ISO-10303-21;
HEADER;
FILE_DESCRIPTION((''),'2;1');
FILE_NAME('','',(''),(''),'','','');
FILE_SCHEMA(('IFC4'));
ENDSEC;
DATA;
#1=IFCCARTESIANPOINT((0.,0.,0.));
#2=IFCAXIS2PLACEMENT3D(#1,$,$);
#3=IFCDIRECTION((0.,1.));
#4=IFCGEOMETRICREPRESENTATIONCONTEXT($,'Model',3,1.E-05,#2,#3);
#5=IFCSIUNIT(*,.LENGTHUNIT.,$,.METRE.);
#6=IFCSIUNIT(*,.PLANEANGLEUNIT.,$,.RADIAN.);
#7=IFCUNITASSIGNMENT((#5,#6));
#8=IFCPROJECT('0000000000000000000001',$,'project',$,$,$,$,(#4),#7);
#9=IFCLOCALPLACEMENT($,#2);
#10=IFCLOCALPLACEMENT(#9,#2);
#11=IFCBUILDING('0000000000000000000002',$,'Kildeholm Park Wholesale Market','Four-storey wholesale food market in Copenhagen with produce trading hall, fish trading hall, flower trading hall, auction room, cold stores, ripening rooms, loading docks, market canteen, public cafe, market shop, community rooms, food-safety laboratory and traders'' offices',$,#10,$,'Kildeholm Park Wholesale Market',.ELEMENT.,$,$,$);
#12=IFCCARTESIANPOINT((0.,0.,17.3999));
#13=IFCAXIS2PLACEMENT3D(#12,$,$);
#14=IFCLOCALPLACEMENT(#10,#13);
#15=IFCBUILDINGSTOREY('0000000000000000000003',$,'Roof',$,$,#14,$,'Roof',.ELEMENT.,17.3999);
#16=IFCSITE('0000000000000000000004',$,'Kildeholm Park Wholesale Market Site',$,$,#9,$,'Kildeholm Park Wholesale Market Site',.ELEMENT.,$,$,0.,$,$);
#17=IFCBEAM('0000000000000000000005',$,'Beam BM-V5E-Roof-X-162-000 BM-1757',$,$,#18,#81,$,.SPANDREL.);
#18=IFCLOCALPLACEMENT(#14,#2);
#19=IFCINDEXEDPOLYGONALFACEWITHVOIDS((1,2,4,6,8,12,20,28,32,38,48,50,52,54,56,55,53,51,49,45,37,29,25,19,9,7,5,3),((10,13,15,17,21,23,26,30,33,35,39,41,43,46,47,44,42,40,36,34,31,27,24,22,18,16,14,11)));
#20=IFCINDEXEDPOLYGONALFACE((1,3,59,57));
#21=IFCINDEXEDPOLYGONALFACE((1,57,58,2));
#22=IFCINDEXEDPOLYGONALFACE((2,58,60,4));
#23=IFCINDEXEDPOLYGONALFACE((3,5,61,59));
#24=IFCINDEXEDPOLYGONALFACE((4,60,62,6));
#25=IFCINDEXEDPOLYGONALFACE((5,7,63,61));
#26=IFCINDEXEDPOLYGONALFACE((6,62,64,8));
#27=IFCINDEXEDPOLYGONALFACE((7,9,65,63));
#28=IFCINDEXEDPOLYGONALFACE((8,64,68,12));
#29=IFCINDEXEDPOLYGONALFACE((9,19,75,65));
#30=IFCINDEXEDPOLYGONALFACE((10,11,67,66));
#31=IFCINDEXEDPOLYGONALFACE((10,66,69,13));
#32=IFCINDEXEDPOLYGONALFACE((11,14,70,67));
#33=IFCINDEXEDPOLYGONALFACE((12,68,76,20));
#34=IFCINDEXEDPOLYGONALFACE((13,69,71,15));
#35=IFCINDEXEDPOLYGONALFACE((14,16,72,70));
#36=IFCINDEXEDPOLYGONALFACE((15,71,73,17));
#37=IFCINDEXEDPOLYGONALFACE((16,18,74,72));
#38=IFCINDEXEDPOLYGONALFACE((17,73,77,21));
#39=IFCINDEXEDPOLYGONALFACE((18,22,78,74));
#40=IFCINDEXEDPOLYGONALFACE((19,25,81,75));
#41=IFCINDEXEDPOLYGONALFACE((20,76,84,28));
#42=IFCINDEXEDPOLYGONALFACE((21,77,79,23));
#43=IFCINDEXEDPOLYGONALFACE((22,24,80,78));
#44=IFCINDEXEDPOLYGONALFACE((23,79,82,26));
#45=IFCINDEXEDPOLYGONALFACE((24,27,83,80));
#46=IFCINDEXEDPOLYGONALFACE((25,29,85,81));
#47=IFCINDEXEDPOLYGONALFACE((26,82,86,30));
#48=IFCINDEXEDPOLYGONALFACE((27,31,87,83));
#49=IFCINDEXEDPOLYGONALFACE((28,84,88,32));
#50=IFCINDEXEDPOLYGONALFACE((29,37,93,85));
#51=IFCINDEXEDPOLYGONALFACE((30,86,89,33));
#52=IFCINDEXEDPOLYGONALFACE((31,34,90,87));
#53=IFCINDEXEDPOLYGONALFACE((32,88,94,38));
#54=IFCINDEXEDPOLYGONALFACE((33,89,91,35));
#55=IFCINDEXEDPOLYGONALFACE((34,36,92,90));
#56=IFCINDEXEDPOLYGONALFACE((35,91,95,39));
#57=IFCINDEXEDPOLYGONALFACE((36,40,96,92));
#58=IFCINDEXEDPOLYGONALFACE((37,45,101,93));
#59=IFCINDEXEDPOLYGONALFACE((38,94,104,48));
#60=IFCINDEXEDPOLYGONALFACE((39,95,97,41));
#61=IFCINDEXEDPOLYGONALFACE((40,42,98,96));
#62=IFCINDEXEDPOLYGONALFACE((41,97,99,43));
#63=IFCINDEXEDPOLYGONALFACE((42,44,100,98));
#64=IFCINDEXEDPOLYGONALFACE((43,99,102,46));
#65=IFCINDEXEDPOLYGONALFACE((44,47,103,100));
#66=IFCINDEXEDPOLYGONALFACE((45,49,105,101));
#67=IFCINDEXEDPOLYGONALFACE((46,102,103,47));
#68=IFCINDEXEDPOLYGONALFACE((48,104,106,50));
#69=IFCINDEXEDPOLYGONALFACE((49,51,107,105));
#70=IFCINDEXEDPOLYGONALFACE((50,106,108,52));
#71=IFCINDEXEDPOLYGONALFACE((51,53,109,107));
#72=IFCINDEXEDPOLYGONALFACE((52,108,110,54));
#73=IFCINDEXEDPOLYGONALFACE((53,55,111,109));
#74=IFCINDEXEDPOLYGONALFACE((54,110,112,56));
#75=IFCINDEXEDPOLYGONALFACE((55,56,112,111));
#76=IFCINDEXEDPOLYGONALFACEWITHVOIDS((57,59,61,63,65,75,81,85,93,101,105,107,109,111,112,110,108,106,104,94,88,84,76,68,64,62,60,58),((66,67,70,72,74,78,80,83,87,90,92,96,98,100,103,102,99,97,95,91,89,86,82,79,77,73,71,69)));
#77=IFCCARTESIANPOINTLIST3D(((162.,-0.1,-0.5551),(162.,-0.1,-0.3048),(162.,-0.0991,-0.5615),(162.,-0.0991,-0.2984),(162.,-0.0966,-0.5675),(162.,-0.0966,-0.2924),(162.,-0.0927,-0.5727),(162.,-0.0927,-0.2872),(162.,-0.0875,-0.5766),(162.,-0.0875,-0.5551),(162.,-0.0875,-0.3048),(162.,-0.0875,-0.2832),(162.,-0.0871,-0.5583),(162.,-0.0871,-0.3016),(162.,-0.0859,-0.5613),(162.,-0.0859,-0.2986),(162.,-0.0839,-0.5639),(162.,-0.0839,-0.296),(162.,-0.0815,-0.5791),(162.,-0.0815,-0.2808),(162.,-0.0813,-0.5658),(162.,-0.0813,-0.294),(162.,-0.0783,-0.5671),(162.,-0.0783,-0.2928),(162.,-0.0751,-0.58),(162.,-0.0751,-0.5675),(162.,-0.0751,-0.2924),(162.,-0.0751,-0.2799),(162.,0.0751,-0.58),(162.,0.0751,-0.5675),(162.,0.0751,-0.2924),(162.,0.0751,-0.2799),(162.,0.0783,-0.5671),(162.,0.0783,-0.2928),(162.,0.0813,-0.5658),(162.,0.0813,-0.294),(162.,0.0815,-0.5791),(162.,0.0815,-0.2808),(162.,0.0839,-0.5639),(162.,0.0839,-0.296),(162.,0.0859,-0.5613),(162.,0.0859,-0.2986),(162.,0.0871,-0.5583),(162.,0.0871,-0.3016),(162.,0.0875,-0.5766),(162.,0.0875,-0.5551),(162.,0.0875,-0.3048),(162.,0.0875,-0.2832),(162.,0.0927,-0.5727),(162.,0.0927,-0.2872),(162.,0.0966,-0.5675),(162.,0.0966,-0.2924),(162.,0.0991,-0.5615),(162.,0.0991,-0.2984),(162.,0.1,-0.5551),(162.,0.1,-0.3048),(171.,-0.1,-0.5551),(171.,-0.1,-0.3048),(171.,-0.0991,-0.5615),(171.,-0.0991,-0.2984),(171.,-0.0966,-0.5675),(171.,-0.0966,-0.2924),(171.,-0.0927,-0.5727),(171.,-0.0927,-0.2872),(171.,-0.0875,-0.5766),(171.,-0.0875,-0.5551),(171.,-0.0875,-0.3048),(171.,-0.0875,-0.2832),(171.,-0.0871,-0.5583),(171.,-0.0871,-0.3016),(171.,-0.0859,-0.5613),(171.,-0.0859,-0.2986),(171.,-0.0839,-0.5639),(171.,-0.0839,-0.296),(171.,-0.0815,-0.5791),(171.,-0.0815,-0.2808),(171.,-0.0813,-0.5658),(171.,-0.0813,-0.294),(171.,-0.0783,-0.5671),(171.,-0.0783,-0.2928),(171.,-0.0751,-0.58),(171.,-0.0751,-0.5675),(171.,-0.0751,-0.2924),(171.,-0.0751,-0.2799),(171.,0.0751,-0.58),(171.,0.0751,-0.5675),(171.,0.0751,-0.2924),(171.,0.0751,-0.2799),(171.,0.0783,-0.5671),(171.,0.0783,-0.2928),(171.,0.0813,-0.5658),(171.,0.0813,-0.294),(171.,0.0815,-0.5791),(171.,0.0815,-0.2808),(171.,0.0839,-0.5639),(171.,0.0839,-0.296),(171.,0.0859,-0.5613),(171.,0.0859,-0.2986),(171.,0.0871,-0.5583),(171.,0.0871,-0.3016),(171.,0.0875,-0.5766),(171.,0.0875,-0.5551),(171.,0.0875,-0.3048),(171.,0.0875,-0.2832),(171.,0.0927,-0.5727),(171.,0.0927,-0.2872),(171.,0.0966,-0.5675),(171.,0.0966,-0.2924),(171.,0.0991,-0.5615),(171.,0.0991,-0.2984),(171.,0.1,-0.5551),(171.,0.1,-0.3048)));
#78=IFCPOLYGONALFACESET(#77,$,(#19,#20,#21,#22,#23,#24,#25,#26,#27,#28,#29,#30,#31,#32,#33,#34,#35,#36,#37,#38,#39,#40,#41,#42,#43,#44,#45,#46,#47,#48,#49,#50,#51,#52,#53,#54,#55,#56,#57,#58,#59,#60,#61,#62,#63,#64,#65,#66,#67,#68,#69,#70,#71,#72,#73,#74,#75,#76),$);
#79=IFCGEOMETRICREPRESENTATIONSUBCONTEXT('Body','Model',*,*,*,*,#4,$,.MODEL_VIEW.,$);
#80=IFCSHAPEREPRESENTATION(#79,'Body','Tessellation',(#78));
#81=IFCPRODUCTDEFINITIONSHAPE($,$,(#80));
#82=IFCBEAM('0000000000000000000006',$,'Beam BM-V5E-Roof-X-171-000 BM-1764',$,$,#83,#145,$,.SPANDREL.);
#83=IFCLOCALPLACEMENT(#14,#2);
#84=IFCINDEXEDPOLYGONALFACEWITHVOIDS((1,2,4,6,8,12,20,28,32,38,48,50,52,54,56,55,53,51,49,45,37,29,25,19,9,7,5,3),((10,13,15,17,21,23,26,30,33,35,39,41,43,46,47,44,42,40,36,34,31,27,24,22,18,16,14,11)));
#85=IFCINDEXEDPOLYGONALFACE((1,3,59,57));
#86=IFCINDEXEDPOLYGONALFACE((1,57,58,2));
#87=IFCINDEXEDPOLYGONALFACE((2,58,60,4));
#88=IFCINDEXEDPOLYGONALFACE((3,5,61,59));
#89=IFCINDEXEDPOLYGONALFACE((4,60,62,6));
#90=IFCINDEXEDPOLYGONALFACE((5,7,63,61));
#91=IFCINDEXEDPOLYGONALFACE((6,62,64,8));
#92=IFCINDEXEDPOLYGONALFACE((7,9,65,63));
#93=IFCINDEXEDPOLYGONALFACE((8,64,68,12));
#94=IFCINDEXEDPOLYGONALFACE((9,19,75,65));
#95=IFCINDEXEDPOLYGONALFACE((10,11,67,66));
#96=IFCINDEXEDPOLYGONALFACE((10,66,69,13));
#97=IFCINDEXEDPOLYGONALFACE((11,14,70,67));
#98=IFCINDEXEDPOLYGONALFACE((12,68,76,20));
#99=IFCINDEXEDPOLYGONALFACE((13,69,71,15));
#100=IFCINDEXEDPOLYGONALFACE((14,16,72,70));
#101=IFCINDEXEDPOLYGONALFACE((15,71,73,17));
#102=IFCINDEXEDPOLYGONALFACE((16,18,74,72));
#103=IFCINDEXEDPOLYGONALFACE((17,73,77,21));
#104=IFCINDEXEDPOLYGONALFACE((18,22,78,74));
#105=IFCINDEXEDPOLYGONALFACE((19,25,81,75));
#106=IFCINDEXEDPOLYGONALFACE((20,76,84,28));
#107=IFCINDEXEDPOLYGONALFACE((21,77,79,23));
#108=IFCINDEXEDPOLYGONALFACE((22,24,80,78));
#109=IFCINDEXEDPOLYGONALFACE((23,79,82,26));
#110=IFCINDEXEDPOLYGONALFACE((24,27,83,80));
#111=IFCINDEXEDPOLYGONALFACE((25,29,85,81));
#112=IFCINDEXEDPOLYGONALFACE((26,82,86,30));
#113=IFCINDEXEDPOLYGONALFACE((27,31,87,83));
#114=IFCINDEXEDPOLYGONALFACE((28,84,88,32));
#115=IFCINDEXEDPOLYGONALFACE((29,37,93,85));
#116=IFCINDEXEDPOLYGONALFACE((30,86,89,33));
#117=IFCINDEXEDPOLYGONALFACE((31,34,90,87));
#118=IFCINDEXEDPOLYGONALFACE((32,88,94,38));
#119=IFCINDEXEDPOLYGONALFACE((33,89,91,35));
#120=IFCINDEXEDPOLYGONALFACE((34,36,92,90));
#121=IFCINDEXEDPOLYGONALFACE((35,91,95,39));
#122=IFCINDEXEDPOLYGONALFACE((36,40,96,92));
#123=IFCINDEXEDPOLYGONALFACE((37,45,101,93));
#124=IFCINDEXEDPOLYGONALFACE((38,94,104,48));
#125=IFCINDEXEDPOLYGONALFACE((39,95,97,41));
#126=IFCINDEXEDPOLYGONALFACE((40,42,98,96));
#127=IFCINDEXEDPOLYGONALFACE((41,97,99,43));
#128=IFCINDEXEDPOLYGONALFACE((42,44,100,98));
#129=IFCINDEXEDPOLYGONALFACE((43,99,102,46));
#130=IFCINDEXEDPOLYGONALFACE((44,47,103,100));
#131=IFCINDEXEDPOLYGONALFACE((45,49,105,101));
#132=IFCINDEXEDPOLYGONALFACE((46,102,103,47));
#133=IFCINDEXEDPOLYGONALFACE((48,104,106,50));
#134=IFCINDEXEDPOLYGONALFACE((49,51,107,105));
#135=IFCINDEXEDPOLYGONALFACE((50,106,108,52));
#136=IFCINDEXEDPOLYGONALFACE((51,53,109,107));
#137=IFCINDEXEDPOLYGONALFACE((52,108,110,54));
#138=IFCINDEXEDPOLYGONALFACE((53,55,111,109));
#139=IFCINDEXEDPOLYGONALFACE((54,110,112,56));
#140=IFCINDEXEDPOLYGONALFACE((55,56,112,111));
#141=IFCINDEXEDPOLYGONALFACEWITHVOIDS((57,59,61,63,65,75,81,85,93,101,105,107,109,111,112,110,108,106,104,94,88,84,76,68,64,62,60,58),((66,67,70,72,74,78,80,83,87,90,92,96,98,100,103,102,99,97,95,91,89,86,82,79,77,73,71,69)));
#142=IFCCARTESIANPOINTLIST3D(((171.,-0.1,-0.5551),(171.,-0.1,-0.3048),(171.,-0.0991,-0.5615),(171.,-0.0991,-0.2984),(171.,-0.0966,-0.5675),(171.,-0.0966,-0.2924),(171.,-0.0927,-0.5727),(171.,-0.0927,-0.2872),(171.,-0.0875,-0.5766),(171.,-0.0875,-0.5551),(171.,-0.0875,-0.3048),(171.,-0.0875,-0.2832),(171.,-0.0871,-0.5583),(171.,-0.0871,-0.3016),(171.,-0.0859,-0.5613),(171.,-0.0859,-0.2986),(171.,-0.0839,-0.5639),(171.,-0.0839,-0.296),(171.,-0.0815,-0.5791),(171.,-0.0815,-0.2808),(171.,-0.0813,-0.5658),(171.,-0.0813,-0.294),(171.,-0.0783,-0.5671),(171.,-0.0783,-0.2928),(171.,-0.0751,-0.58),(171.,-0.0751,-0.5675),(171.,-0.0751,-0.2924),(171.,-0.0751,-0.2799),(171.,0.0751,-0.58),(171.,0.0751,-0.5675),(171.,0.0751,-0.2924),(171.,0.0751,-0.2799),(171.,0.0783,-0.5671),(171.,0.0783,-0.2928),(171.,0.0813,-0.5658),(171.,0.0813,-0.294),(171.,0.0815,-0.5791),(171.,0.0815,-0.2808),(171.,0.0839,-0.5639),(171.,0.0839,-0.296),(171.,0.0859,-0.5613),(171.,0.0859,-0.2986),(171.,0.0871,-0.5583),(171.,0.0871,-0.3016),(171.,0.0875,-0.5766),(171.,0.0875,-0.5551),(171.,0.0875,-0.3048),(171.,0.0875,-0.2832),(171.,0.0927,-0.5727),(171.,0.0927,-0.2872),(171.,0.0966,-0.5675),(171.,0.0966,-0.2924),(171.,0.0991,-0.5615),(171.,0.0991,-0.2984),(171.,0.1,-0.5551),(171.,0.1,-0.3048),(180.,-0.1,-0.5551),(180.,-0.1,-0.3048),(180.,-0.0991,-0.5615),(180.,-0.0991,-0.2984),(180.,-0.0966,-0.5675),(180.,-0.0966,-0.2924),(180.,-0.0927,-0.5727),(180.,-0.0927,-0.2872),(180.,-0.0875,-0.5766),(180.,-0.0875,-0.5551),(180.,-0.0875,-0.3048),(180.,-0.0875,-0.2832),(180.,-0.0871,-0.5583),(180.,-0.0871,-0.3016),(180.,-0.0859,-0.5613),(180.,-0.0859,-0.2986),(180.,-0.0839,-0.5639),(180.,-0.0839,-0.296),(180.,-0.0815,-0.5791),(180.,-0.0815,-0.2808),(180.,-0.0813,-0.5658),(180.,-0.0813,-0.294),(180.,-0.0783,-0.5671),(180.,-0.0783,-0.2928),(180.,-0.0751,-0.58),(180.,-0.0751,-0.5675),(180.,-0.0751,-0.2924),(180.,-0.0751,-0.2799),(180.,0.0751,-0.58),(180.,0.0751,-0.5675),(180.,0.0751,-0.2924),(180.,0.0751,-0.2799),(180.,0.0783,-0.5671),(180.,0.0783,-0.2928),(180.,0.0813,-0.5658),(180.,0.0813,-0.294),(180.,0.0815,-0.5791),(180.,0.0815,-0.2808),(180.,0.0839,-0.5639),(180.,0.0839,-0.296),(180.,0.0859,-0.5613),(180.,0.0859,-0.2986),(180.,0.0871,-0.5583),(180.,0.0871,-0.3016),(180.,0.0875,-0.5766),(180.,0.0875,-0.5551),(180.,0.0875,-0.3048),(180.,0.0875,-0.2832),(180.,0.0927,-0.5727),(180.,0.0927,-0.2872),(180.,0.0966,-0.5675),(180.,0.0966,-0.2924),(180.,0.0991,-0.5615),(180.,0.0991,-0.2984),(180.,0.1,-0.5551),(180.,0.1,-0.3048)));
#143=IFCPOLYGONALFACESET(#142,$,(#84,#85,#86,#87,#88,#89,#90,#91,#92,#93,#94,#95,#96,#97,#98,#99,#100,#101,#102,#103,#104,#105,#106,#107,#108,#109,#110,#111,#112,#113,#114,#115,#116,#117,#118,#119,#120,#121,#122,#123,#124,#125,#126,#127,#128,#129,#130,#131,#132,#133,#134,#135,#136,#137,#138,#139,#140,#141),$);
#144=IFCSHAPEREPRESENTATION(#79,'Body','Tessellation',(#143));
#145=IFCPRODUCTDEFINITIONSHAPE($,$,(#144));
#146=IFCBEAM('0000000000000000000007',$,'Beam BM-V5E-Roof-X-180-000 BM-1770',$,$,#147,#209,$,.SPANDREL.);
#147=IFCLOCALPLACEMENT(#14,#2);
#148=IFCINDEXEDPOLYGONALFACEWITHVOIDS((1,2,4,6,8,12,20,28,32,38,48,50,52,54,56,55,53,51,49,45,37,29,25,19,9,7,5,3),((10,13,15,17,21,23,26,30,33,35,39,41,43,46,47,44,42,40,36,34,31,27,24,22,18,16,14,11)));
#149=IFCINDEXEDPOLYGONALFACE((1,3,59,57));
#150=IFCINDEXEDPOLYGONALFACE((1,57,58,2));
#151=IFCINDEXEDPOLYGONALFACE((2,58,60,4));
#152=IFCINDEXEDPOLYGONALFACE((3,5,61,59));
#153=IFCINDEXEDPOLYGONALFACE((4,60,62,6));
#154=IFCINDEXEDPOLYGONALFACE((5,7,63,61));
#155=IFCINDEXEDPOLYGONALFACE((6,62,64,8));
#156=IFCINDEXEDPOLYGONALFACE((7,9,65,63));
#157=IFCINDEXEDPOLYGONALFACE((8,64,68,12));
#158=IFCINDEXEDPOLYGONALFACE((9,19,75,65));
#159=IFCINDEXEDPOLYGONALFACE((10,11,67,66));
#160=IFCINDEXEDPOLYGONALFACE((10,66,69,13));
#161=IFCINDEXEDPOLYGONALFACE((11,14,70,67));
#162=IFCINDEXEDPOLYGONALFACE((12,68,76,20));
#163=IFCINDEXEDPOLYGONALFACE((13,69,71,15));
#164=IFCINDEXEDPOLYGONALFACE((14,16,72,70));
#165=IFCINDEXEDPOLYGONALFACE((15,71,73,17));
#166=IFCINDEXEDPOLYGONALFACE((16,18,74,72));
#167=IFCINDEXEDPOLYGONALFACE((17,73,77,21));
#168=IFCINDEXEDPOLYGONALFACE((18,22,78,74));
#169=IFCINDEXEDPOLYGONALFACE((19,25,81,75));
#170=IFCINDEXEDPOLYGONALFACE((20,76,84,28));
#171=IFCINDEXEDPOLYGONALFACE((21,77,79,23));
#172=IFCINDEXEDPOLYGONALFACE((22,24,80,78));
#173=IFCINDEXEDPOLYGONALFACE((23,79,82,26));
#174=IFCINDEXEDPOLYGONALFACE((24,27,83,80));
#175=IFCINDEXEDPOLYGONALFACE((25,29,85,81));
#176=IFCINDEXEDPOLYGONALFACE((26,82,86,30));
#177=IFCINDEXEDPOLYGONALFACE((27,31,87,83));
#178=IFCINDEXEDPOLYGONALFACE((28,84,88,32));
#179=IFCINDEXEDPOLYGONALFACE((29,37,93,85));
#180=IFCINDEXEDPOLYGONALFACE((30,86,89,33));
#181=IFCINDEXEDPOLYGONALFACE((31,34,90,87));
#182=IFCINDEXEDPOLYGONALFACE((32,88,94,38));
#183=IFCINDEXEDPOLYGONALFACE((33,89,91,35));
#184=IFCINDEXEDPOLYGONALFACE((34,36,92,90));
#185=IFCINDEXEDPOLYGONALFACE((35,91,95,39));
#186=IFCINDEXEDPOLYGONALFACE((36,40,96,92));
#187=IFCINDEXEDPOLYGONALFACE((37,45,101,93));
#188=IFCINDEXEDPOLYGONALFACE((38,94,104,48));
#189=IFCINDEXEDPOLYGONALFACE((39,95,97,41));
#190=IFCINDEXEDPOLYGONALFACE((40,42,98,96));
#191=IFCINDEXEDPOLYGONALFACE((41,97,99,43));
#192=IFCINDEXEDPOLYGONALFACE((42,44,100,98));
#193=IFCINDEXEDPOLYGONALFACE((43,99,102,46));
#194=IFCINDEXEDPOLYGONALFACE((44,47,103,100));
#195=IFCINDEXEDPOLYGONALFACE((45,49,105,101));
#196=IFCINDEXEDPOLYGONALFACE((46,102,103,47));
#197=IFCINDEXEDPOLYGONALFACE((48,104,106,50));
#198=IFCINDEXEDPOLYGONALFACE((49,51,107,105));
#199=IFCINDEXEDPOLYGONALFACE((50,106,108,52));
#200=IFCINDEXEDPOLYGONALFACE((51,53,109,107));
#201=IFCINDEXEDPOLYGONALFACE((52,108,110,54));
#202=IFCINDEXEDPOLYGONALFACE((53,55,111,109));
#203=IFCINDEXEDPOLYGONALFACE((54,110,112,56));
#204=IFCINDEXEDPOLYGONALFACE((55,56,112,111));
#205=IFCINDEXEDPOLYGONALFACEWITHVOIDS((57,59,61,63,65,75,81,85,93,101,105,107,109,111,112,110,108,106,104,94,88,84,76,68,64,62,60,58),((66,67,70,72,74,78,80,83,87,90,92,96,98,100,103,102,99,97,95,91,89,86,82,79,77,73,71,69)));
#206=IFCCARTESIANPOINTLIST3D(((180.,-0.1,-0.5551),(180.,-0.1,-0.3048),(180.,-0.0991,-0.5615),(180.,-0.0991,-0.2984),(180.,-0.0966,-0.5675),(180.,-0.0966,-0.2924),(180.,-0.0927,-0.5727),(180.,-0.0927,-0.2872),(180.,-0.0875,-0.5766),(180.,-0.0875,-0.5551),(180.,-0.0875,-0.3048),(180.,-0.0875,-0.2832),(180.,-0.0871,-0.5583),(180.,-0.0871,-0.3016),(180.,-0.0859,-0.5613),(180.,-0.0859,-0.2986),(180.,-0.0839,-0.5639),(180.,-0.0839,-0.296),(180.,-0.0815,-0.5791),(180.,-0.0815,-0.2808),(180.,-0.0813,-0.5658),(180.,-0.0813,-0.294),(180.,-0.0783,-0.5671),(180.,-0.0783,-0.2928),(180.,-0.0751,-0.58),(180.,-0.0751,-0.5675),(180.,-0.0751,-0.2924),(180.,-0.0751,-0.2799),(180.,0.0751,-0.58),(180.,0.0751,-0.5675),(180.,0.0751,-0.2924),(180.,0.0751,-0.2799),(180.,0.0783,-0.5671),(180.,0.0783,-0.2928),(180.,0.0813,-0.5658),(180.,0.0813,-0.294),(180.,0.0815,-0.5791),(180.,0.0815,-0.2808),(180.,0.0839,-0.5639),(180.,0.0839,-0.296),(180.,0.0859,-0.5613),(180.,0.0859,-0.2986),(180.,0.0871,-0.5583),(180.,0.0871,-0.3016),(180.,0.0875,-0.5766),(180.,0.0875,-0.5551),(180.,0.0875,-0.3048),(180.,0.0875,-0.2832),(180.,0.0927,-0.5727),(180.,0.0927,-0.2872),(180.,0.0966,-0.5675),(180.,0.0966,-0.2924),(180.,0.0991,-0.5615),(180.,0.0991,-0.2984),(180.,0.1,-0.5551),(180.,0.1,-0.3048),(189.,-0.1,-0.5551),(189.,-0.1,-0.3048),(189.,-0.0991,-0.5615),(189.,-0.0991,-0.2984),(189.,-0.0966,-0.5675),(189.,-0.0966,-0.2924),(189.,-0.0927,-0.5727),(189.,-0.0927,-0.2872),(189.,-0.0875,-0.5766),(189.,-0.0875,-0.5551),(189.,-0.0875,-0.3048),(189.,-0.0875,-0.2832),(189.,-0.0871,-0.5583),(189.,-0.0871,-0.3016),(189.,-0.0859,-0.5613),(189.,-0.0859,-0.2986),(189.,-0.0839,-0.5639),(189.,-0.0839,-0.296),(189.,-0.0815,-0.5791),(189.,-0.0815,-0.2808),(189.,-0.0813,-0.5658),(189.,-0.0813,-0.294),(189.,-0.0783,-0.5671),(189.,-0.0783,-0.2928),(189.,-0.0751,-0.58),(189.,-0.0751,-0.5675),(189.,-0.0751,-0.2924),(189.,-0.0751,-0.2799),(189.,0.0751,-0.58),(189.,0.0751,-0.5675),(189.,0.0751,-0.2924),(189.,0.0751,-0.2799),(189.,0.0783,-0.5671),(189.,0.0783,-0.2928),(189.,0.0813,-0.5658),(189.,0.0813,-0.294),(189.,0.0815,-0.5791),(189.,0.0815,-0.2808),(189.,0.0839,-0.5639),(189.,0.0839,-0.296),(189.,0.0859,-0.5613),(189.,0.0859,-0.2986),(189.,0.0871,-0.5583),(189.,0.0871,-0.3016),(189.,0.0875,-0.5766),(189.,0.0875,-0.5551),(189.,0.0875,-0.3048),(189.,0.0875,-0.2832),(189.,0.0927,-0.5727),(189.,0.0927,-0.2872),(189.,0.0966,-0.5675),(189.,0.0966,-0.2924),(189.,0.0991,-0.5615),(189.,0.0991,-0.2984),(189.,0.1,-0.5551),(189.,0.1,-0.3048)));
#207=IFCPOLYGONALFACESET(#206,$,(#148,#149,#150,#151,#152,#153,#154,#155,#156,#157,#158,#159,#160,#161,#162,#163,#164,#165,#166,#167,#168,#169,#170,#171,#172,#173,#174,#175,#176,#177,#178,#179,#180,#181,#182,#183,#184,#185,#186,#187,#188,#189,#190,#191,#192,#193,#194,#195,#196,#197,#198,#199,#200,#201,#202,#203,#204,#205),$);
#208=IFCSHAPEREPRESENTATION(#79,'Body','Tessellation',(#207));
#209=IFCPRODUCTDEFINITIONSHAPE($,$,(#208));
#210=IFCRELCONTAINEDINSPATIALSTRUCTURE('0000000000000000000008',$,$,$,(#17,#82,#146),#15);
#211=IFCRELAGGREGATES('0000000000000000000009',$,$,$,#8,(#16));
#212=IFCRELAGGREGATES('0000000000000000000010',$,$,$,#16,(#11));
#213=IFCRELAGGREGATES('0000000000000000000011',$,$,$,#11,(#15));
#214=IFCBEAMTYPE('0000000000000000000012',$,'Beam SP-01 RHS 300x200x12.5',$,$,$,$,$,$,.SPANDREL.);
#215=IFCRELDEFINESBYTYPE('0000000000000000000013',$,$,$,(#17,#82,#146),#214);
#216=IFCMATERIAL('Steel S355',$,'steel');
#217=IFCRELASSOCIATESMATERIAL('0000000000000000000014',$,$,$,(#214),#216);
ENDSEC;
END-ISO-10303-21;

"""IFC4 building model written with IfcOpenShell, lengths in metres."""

from ifc_helpers import new_model, si_unit, direction, frame, origin, origin_2d, place, context, subcontext, project, spatial, hollow_rectangle, extrude, material, material_profile, profile_set, type_object, element, save


model = new_model("IFC4")

# Units and contexts
model_context = context("Model", 3, precision=1e-05, world=origin(), true_north=direction((0.0, 1.0)))
body_context = subcontext(model_context, "Body", "Model", "MODEL_VIEW")
ifc_project = project(units=[si_unit("LENGTHUNIT", "METRE"), si_unit("PLANEANGLEUNIT", "RADIAN")], contexts=[model_context])

# Site, building, storey
site_placement = place(None, origin())
site = spatial("IfcSite", under=ifc_project, at=site_placement, Name="Kildeholm Park Wholesale Market Site", LongName="Kildeholm Park Wholesale Market Site", CompositionType="ELEMENT", RefElevation=0.0)
building_placement = place(site_placement, origin())
building = spatial("IfcBuilding", under=site, at=building_placement, Name="Kildeholm Park Wholesale Market", Description="Four-storey wholesale food market in Copenhagen with produce trading hall, fish trading hall, flower trading hall, auction room, cold stores, ripening rooms, loading docks, market canteen, public cafe, market shop, community rooms, food-safety laboratory and traders' offices", LongName="Kildeholm Park Wholesale Market", CompositionType="ELEMENT")
storey_placement = place(building_placement, frame((0.0, 0.0, 17.3999)))
storey = spatial("IfcBuildingStorey", under=building, at=storey_placement, Name="Roof", LongName="Roof", CompositionType="ELEMENT", Elevation=17.3999)

# Beams
ifc_material = material(Name="Steel S355", Category="steel")
ifc_material_profile_1 = material_profile(ifc_material, hollow_rectangle(XDim=0.2, YDim=0.3, WallThickness=0.0125, InnerFilletRadius=0.0125, OuterFilletRadius=0.0249, at=origin_2d()), Name="RHS 300x200x12.5")
ifc_profile_set_1 = profile_set([ifc_material_profile_1], Name="Steel S355")
beam_type_1 = type_object("IfcBeamType", Name="Beam SP-01 RHS 300x200x12.5", PredefinedType="SPANDREL", material=ifc_profile_set_1)
for number, where, z_axis, x_axis, name in (
    (1, (162.0, 0.0, -0.4299), (1.0, 0.0, 0.0), (0.0, 1.0, 0.0), "Beam BM-V5E-Roof-X-162-000 BM-1757"),
    (2, (171.0, 0.0, -0.4299), (1.0, 0.0, 0.0), (0.0, 1.0, 0.0), "Beam BM-V5E-Roof-X-171-000 BM-1764"),
    (3, (180.0, 0.0, -0.4299), (1.0, 0.0, 0.0), (0.0, 1.0, 0.0), "Beam BM-V5E-Roof-X-180-000 BM-1770"),
):
    element("IfcBeam", number, at=place(storey_placement, frame(where, z_axis=z_axis, x_axis=x_axis)), inside=storey, type_object=beam_type_1, Name=name, PredefinedType="SPANDREL", context=body_context, shape_type="SweptSolid", body=[
        extrude(hollow_rectangle(XDim=0.2, YDim=0.3, WallThickness=0.0125, InnerFilletRadius=0.0125, OuterFilletRadius=0.0249, at=origin_2d()), origin(), (0.0, 0.0, 1.0), 9.0),
    ])

save(model, "model.ifc")
